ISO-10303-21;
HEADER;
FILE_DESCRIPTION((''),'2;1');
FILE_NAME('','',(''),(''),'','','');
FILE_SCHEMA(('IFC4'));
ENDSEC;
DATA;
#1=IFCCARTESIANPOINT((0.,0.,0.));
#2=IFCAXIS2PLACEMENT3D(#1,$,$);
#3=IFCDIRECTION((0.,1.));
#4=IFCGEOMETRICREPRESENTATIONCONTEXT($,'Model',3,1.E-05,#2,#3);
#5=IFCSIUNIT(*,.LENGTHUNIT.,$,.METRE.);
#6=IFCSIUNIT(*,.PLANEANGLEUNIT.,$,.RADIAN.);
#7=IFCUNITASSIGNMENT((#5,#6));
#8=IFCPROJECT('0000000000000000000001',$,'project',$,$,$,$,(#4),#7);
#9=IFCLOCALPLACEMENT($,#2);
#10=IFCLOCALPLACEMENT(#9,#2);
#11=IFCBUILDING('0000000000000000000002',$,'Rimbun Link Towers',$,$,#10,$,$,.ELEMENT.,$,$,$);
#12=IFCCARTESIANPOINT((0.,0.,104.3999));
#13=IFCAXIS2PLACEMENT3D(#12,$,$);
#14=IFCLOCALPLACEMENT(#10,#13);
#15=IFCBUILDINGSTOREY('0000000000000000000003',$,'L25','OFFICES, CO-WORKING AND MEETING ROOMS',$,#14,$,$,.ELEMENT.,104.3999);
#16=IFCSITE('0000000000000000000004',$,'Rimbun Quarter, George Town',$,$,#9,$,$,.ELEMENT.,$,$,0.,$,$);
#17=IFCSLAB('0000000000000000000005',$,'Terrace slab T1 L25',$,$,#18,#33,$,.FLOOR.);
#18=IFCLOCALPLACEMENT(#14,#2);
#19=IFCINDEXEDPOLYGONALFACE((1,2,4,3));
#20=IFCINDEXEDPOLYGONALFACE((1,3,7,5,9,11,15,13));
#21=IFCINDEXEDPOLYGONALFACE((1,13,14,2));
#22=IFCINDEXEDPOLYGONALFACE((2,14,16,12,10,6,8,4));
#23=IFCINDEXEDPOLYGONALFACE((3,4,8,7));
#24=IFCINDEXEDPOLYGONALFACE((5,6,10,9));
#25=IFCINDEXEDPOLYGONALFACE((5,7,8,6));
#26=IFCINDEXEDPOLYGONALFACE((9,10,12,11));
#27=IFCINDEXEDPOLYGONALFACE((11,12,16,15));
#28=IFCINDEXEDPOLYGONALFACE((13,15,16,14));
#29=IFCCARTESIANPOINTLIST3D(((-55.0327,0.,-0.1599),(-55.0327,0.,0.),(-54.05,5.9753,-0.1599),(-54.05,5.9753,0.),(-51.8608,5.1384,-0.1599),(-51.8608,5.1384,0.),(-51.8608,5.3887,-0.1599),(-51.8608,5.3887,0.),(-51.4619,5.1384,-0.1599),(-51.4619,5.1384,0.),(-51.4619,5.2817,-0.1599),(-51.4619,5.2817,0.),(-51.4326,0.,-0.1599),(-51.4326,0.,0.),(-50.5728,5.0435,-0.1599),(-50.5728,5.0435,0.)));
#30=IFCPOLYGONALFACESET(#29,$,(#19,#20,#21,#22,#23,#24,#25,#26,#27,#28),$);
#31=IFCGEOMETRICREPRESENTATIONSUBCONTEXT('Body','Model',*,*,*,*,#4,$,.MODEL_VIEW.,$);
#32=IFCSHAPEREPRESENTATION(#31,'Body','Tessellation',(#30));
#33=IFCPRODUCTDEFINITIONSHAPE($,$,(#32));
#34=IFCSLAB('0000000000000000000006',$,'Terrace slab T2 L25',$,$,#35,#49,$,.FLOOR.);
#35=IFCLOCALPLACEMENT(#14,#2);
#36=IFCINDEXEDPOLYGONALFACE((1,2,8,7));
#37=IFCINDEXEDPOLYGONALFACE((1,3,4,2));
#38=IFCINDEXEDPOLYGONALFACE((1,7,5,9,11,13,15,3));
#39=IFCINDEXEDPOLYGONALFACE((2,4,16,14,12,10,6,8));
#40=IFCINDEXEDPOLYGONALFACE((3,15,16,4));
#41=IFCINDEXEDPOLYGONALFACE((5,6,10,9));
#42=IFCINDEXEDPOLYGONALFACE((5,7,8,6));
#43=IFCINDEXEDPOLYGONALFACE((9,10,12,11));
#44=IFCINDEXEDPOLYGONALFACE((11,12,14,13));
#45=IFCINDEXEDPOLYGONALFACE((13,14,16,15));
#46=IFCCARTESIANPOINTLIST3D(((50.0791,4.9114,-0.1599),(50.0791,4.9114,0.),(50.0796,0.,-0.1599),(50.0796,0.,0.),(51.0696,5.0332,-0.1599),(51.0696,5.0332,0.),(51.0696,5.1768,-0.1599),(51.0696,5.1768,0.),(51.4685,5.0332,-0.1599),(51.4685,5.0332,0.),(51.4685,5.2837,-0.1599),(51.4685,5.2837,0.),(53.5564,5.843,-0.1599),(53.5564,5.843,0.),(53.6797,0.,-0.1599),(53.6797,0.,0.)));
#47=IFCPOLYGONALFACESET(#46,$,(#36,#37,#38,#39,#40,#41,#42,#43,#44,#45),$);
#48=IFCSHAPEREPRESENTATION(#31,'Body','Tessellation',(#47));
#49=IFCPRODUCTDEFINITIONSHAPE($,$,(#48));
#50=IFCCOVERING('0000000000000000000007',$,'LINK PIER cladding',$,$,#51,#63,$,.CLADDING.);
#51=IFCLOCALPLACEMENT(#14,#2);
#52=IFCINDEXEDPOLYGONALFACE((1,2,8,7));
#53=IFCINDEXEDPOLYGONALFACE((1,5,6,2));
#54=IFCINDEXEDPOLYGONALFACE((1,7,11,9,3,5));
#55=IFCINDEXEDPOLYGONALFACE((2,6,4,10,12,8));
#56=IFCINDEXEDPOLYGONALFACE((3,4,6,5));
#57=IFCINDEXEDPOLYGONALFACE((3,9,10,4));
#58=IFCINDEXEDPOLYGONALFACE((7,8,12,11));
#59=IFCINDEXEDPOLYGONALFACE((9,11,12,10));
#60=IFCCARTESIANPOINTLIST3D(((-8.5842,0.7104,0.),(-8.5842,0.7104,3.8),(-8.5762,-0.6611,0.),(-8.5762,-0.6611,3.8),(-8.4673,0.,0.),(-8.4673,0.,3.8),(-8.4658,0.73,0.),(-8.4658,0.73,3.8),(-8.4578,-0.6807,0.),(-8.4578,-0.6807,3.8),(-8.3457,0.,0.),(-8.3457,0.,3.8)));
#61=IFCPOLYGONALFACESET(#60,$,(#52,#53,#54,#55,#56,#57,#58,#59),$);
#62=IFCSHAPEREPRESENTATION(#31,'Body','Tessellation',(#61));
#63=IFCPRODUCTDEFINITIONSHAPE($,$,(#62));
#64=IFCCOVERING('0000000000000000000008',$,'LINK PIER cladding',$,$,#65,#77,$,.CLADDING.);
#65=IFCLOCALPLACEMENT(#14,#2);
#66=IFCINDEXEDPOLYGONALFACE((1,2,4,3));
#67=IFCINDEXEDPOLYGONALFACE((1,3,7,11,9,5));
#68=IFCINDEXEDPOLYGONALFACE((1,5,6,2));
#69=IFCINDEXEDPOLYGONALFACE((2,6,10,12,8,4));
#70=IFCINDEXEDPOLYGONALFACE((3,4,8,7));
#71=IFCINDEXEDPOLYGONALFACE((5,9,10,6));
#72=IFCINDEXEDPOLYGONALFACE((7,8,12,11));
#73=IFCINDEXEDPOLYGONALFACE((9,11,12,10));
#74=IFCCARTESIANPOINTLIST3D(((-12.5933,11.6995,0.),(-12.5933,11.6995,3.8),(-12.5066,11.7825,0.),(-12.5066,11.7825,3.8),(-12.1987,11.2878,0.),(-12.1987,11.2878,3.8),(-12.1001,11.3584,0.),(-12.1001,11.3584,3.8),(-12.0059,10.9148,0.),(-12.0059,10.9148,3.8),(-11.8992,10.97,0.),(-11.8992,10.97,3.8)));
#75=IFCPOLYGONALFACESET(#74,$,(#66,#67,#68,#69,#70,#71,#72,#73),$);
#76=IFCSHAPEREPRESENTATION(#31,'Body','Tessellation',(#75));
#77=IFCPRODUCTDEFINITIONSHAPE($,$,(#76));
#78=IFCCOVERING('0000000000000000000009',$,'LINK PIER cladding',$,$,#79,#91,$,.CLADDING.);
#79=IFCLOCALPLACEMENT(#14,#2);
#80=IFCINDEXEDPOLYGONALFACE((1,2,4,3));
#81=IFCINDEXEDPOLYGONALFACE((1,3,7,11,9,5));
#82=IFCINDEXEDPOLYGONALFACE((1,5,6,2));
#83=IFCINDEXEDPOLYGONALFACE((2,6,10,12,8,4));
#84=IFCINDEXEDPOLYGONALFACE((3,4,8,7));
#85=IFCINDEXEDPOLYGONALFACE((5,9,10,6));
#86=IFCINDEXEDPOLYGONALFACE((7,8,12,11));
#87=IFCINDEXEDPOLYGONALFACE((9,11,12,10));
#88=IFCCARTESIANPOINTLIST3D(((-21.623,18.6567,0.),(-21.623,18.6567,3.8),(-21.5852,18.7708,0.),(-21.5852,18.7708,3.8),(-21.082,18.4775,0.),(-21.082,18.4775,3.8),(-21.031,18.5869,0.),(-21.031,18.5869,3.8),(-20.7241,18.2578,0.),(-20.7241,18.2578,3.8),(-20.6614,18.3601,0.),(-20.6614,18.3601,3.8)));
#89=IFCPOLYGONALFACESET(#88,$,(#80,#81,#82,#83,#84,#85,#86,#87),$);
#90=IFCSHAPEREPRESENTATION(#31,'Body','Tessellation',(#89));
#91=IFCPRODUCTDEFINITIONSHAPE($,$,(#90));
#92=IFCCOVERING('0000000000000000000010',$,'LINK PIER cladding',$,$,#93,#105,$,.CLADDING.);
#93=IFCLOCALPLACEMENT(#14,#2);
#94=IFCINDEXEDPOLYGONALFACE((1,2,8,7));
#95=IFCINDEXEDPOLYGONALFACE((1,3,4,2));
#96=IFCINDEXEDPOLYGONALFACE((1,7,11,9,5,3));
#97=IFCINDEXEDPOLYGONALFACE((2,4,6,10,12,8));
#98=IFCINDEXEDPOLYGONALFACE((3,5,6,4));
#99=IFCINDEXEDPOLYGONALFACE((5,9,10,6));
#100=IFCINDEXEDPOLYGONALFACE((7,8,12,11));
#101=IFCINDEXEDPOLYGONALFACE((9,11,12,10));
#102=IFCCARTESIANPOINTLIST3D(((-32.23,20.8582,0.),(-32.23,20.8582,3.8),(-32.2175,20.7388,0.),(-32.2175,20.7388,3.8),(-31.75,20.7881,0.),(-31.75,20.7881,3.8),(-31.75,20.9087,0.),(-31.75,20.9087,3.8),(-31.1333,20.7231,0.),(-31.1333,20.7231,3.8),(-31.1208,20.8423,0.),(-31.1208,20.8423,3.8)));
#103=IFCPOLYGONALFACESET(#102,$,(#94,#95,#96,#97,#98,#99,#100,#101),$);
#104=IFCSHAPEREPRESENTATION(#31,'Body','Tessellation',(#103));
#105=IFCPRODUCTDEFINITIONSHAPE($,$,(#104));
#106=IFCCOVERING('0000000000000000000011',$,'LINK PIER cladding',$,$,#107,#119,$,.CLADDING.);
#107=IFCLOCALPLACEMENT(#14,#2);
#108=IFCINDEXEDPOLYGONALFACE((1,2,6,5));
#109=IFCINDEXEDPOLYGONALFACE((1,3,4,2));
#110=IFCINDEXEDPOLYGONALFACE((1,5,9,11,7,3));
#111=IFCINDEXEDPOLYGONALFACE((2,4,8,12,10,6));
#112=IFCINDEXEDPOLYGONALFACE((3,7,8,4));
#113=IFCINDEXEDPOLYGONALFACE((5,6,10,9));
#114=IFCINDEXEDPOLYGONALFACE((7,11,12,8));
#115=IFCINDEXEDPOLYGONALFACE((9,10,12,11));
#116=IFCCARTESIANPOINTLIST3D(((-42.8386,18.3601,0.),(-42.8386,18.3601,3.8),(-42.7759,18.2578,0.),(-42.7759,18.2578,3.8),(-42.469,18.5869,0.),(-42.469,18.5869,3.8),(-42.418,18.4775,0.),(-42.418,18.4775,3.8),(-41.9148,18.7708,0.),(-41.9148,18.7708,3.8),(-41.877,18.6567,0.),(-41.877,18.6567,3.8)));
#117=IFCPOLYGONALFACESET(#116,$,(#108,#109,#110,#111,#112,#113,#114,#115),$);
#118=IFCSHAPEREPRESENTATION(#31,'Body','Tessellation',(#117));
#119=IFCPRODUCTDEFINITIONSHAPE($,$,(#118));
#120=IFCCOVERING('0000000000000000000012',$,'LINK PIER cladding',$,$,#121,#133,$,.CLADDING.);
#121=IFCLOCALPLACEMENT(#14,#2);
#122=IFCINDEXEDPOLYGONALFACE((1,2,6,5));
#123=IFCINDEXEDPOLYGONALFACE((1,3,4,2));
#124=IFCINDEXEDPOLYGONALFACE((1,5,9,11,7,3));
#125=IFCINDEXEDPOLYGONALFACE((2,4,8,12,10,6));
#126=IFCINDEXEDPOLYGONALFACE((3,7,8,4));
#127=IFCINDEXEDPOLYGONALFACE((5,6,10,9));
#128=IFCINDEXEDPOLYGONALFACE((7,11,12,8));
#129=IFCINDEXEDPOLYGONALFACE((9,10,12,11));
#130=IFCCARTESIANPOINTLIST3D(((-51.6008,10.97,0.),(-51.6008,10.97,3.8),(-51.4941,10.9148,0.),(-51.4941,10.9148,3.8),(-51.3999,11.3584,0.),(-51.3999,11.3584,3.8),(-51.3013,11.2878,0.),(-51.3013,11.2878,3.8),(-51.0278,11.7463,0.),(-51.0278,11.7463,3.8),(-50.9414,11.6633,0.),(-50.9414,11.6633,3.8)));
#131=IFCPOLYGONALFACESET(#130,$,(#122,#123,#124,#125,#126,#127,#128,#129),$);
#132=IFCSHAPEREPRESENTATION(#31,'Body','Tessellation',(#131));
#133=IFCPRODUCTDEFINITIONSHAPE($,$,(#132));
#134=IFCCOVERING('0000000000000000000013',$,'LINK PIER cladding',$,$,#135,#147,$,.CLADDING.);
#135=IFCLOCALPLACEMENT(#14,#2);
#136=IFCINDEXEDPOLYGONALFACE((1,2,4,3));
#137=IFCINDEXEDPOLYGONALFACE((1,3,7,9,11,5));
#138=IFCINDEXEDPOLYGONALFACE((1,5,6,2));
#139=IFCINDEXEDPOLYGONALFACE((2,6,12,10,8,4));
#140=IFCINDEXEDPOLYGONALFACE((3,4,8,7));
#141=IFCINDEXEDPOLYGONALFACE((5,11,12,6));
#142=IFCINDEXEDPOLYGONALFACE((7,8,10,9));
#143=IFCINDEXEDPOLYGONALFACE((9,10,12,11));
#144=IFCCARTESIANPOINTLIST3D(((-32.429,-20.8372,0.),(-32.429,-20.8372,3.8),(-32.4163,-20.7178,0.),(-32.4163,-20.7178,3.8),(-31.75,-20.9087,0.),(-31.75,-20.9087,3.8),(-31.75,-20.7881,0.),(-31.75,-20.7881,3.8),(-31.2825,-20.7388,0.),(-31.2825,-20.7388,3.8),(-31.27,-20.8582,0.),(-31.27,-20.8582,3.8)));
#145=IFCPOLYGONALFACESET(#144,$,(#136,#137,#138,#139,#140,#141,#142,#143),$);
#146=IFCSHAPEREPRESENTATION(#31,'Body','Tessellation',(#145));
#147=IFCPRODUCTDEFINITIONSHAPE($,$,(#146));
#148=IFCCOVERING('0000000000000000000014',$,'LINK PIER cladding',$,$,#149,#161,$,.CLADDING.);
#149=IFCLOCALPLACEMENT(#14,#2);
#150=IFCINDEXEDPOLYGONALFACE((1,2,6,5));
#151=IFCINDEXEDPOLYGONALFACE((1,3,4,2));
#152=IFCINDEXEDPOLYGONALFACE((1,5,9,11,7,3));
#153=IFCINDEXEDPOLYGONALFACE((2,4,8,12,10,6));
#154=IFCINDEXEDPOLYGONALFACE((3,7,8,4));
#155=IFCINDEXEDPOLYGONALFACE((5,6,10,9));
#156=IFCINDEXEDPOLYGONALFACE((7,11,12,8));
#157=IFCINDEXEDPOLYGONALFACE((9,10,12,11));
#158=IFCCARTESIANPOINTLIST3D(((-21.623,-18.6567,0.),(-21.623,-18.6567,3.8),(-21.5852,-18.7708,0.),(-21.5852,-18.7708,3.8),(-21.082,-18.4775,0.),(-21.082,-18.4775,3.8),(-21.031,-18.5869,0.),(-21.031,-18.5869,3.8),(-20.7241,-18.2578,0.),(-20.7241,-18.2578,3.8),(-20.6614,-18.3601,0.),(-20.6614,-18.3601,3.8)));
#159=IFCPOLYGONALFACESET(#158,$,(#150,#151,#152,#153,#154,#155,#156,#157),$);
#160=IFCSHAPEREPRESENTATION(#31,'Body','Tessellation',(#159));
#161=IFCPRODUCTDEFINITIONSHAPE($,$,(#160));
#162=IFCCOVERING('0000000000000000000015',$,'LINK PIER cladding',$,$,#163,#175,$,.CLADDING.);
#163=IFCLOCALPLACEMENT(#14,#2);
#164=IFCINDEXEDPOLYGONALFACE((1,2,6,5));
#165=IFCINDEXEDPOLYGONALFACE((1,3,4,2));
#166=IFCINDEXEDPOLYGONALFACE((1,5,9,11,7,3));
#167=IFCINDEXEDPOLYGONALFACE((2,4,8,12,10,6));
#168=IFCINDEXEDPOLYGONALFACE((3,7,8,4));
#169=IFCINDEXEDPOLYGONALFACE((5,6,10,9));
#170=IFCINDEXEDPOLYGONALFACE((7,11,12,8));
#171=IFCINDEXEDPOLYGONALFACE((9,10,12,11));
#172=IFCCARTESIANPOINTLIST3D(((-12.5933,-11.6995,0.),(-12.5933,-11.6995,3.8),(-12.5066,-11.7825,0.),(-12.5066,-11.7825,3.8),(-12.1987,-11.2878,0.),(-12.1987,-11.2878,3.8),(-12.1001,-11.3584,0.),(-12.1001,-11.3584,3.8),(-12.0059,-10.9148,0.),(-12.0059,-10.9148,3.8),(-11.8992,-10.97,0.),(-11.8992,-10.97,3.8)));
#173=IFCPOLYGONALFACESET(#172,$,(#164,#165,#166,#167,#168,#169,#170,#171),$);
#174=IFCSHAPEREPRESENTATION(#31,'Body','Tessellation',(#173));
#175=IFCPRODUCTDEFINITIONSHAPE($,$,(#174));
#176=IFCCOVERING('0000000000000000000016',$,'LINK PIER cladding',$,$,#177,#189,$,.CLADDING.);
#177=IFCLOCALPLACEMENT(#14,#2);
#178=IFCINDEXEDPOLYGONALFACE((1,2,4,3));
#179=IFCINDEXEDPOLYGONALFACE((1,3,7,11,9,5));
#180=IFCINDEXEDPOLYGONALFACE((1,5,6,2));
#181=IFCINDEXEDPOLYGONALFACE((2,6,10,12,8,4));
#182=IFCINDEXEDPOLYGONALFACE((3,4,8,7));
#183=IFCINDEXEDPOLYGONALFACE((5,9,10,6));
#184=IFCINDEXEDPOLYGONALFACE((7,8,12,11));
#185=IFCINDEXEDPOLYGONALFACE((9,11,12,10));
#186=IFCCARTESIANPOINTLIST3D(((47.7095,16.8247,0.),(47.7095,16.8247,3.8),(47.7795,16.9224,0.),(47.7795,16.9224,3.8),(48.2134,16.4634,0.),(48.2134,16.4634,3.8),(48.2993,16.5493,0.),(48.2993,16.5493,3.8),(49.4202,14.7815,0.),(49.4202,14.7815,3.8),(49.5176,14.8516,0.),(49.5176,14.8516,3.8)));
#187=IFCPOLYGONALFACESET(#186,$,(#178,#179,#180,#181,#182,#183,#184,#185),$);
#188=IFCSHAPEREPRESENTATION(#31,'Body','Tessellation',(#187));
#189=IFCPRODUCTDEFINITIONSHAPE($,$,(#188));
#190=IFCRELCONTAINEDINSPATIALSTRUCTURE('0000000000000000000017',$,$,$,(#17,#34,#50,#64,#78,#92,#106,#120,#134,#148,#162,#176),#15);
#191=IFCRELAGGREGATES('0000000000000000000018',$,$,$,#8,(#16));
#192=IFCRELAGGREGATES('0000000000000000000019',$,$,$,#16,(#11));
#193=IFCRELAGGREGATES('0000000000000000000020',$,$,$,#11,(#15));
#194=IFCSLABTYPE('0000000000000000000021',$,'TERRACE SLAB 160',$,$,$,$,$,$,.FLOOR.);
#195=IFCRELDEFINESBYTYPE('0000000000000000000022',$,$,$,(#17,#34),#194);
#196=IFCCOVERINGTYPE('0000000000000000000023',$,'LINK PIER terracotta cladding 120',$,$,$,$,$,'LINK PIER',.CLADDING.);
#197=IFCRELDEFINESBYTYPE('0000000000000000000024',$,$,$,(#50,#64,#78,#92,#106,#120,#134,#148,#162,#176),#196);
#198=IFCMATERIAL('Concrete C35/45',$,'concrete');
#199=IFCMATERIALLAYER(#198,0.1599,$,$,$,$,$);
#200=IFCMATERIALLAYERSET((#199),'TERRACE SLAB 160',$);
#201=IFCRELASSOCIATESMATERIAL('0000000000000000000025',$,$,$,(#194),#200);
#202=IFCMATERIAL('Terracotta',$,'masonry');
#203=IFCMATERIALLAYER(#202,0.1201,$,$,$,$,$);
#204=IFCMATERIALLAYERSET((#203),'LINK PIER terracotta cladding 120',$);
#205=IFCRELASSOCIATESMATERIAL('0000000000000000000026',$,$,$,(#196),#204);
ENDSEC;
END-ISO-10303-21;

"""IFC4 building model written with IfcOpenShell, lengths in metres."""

from ifc_helpers import new_model, si_unit, direction, frame, origin, place, context, subcontext, project, spatial, polyline, outline, extrude, material, layer, layer_set, type_object, element, save


model = new_model("IFC4")

# Units and contexts
model_context = context("Model", 3, precision=1e-05, world=origin(), true_north=direction((0.0, 1.0)))
body_context = subcontext(model_context, "Body", "Model", "MODEL_VIEW")
ifc_project = project(units=[si_unit("LENGTHUNIT", "METRE"), si_unit("PLANEANGLEUNIT", "RADIAN")], contexts=[model_context])

# Site, building, storey
site_placement = place(None, origin())
site = spatial("IfcSite", under=ifc_project, at=site_placement, Name="Rimbun Quarter, George Town", CompositionType="ELEMENT", RefElevation=0.0)
building_placement = place(site_placement, origin())
building = spatial("IfcBuilding", under=site, at=building_placement, Name="Rimbun Link Towers", CompositionType="ELEMENT")
storey_placement = place(building_placement, frame((0.0, 0.0, 104.3999)))
storey = spatial("IfcBuildingStorey", under=building, at=storey_placement, Name="L25", Description="OFFICES, CO-WORKING AND MEETING ROOMS", CompositionType="ELEMENT", Elevation=104.3999)

# Slabs
ifc_material_1 = material(Name="Concrete C35/45", Category="concrete")
ifc_layer_1 = layer(ifc_material_1, 0.1599)
ifc_layer_set_1 = layer_set([ifc_layer_1], Name="TERRACE SLAB 160")
slab_type_1 = type_object("IfcSlabType", Name="TERRACE SLAB 160", PredefinedType="FLOOR", material=ifc_layer_set_1)
slab_1_placement = place(storey_placement, frame((0.0, 0.0, -0.1599)))
element("IfcSlab", 1, at=slab_1_placement, inside=storey, type_object=slab_type_1, Name="Terrace slab T1 L25", PredefinedType="FLOOR", context=body_context, shape_type="SweptSolid", body=[
    extrude(outline(polyline([(-50.5728, 5.0435), (-51.4326, 0.0), (-55.0327, 0.0), (-54.05, 5.9753), (-51.8608, 5.3887), (-51.8608, 5.1384), (-51.4619, 5.1384), (-51.4619, 5.2817), (-50.5728, 5.0435)])), origin(), (0.0, 0.0, 1.0), 0.1599),
])
slab_2_placement = place(storey_placement, frame((0.0, 0.0, -0.1599)))
element("IfcSlab", 2, at=slab_2_placement, inside=storey, type_object=slab_type_1, Name="Terrace slab T2 L25", PredefinedType="FLOOR", context=body_context, shape_type="SweptSolid", body=[
    extrude(outline(polyline([(53.5564, 5.843), (53.6797, 0.0), (50.0796, 0.0), (50.0791, 4.9114), (51.0696, 5.1768), (51.0696, 5.0332), (51.4685, 5.0332), (51.4685, 5.2837), (53.5564, 5.843)])), origin(), (0.0, 0.0, 1.0), 0.1599),
])

# Coverings
ifc_material_2 = material(Name="Terracotta", Category="masonry")
ifc_layer_2 = layer(ifc_material_2, 0.1201)
ifc_layer_set_2 = layer_set([ifc_layer_2], Name="LINK PIER terracotta cladding 120")
covering_type_1 = type_object("IfcCoveringType", Name="LINK PIER terracotta cladding 120", ElementType="LINK PIER", PredefinedType="CLADDING", material=ifc_layer_set_2)
covering_1_placement = place(storey_placement, origin())
element("IfcCovering", 3, at=covering_1_placement, inside=storey, type_object=covering_type_1, Name="LINK PIER cladding", PredefinedType="CLADDING", context=body_context, shape_type="SweptSolid", body=[
    extrude(outline(polyline([(-8.5842, 0.7104), (-8.4673, 0.0), (-8.5762, -0.6611), (-8.4578, -0.6807), (-8.3457, 0.0), (-8.4658, 0.73), (-8.5842, 0.7104)])), origin(), (0.0, 0.0, 1.0), 3.8),
])
covering_2_placement = place(storey_placement, origin())
element("IfcCovering", 4, at=covering_2_placement, inside=storey, type_object=covering_type_1, Name="LINK PIER cladding", PredefinedType="CLADDING", context=body_context, shape_type="SweptSolid", body=[
    extrude(outline(polyline([(-12.5933, 11.6995), (-12.1987, 11.2878), (-12.0059, 10.9148), (-11.8992, 10.97), (-12.1001, 11.3584), (-12.5066, 11.7825), (-12.5933, 11.6995)])), origin(), (0.0, 0.0, 1.0), 3.8),
])
covering_3_placement = place(storey_placement, origin())
element("IfcCovering", 5, at=covering_3_placement, inside=storey, type_object=covering_type_1, Name="LINK PIER cladding", PredefinedType="CLADDING", context=body_context, shape_type="SweptSolid", body=[
    extrude(outline(polyline([(-21.623, 18.6567), (-21.082, 18.4775), (-20.7241, 18.2578), (-20.6614, 18.3601), (-21.031, 18.5869), (-21.5852, 18.7708), (-21.623, 18.6567)])), origin(), (0.0, 0.0, 1.0), 3.8),
])
covering_4_placement = place(storey_placement, origin())
element("IfcCovering", 6, at=covering_4_placement, inside=storey, type_object=covering_type_1, Name="LINK PIER cladding", PredefinedType="CLADDING", context=body_context, shape_type="SweptSolid", body=[
    extrude(outline(polyline([(-32.2175, 20.7388), (-31.75, 20.7881), (-31.1333, 20.7231), (-31.1208, 20.8423), (-31.75, 20.9087), (-32.23, 20.8582), (-32.2175, 20.7388)])), origin(), (0.0, 0.0, 1.0), 3.8),
])
covering_5_placement = place(storey_placement, origin())
element("IfcCovering", 7, at=covering_5_placement, inside=storey, type_object=covering_type_1, Name="LINK PIER cladding", PredefinedType="CLADDING", context=body_context, shape_type="SweptSolid", body=[
    extrude(outline(polyline([(-42.7759, 18.2578), (-42.418, 18.4775), (-41.877, 18.6567), (-41.9148, 18.7708), (-42.469, 18.5869), (-42.8386, 18.3601), (-42.7759, 18.2578)])), origin(), (0.0, 0.0, 1.0), 3.8),
])
covering_6_placement = place(storey_placement, origin())
element("IfcCovering", 8, at=covering_6_placement, inside=storey, type_object=covering_type_1, Name="LINK PIER cladding", PredefinedType="CLADDING", context=body_context, shape_type="SweptSolid", body=[
    extrude(outline(polyline([(-51.4941, 10.9148), (-51.3013, 11.2878), (-50.9414, 11.6633), (-51.0278, 11.7463), (-51.3999, 11.3584), (-51.6008, 10.97), (-51.4941, 10.9148)])), origin(), (0.0, 0.0, 1.0), 3.8),
])
covering_7_placement = place(storey_placement, origin())
element("IfcCovering", 9, at=covering_7_placement, inside=storey, type_object=covering_type_1, Name="LINK PIER cladding", PredefinedType="CLADDING", context=body_context, shape_type="SweptSolid", body=[
    extrude(outline(polyline([(-31.2825, -20.7388), (-31.75, -20.7881), (-32.4163, -20.7178), (-32.429, -20.8372), (-31.75, -20.9087), (-31.27, -20.8582), (-31.2825, -20.7388)])), origin(), (0.0, 0.0, 1.0), 3.8),
])
covering_8_placement = place(storey_placement, origin())
element("IfcCovering", 10, at=covering_8_placement, inside=storey, type_object=covering_type_1, Name="LINK PIER cladding", PredefinedType="CLADDING", context=body_context, shape_type="SweptSolid", body=[
    extrude(outline(polyline([(-20.7241, -18.2578), (-21.082, -18.4775), (-21.623, -18.6567), (-21.5852, -18.7708), (-21.031, -18.5869), (-20.6614, -18.3601), (-20.7241, -18.2578)])), origin(), (0.0, 0.0, 1.0), 3.8),
])
covering_9_placement = place(storey_placement, origin())
element("IfcCovering", 11, at=covering_9_placement, inside=storey, type_object=covering_type_1, Name="LINK PIER cladding", PredefinedType="CLADDING", context=body_context, shape_type="SweptSolid", body=[
    extrude(outline(polyline([(-12.0059, -10.9148), (-12.1987, -11.2878), (-12.5933, -11.6995), (-12.5066, -11.7825), (-12.1001, -11.3584), (-11.8992, -10.97), (-12.0059, -10.9148)])), origin(), (0.0, 0.0, 1.0), 3.8),
])
covering_10_placement = place(storey_placement, origin())
element("IfcCovering", 12, at=covering_10_placement, inside=storey, type_object=covering_type_1, Name="LINK PIER cladding", PredefinedType="CLADDING", context=body_context, shape_type="SweptSolid", body=[
    extrude(outline(polyline([(47.7095, 16.8247), (48.2134, 16.4634), (49.4202, 14.7815), (49.5176, 14.8516), (48.2993, 16.5493), (47.7795, 16.9224), (47.7095, 16.8247)])), origin(), (0.0, 0.0, 1.0), 3.8),
])

save(model, "model.ifc")
